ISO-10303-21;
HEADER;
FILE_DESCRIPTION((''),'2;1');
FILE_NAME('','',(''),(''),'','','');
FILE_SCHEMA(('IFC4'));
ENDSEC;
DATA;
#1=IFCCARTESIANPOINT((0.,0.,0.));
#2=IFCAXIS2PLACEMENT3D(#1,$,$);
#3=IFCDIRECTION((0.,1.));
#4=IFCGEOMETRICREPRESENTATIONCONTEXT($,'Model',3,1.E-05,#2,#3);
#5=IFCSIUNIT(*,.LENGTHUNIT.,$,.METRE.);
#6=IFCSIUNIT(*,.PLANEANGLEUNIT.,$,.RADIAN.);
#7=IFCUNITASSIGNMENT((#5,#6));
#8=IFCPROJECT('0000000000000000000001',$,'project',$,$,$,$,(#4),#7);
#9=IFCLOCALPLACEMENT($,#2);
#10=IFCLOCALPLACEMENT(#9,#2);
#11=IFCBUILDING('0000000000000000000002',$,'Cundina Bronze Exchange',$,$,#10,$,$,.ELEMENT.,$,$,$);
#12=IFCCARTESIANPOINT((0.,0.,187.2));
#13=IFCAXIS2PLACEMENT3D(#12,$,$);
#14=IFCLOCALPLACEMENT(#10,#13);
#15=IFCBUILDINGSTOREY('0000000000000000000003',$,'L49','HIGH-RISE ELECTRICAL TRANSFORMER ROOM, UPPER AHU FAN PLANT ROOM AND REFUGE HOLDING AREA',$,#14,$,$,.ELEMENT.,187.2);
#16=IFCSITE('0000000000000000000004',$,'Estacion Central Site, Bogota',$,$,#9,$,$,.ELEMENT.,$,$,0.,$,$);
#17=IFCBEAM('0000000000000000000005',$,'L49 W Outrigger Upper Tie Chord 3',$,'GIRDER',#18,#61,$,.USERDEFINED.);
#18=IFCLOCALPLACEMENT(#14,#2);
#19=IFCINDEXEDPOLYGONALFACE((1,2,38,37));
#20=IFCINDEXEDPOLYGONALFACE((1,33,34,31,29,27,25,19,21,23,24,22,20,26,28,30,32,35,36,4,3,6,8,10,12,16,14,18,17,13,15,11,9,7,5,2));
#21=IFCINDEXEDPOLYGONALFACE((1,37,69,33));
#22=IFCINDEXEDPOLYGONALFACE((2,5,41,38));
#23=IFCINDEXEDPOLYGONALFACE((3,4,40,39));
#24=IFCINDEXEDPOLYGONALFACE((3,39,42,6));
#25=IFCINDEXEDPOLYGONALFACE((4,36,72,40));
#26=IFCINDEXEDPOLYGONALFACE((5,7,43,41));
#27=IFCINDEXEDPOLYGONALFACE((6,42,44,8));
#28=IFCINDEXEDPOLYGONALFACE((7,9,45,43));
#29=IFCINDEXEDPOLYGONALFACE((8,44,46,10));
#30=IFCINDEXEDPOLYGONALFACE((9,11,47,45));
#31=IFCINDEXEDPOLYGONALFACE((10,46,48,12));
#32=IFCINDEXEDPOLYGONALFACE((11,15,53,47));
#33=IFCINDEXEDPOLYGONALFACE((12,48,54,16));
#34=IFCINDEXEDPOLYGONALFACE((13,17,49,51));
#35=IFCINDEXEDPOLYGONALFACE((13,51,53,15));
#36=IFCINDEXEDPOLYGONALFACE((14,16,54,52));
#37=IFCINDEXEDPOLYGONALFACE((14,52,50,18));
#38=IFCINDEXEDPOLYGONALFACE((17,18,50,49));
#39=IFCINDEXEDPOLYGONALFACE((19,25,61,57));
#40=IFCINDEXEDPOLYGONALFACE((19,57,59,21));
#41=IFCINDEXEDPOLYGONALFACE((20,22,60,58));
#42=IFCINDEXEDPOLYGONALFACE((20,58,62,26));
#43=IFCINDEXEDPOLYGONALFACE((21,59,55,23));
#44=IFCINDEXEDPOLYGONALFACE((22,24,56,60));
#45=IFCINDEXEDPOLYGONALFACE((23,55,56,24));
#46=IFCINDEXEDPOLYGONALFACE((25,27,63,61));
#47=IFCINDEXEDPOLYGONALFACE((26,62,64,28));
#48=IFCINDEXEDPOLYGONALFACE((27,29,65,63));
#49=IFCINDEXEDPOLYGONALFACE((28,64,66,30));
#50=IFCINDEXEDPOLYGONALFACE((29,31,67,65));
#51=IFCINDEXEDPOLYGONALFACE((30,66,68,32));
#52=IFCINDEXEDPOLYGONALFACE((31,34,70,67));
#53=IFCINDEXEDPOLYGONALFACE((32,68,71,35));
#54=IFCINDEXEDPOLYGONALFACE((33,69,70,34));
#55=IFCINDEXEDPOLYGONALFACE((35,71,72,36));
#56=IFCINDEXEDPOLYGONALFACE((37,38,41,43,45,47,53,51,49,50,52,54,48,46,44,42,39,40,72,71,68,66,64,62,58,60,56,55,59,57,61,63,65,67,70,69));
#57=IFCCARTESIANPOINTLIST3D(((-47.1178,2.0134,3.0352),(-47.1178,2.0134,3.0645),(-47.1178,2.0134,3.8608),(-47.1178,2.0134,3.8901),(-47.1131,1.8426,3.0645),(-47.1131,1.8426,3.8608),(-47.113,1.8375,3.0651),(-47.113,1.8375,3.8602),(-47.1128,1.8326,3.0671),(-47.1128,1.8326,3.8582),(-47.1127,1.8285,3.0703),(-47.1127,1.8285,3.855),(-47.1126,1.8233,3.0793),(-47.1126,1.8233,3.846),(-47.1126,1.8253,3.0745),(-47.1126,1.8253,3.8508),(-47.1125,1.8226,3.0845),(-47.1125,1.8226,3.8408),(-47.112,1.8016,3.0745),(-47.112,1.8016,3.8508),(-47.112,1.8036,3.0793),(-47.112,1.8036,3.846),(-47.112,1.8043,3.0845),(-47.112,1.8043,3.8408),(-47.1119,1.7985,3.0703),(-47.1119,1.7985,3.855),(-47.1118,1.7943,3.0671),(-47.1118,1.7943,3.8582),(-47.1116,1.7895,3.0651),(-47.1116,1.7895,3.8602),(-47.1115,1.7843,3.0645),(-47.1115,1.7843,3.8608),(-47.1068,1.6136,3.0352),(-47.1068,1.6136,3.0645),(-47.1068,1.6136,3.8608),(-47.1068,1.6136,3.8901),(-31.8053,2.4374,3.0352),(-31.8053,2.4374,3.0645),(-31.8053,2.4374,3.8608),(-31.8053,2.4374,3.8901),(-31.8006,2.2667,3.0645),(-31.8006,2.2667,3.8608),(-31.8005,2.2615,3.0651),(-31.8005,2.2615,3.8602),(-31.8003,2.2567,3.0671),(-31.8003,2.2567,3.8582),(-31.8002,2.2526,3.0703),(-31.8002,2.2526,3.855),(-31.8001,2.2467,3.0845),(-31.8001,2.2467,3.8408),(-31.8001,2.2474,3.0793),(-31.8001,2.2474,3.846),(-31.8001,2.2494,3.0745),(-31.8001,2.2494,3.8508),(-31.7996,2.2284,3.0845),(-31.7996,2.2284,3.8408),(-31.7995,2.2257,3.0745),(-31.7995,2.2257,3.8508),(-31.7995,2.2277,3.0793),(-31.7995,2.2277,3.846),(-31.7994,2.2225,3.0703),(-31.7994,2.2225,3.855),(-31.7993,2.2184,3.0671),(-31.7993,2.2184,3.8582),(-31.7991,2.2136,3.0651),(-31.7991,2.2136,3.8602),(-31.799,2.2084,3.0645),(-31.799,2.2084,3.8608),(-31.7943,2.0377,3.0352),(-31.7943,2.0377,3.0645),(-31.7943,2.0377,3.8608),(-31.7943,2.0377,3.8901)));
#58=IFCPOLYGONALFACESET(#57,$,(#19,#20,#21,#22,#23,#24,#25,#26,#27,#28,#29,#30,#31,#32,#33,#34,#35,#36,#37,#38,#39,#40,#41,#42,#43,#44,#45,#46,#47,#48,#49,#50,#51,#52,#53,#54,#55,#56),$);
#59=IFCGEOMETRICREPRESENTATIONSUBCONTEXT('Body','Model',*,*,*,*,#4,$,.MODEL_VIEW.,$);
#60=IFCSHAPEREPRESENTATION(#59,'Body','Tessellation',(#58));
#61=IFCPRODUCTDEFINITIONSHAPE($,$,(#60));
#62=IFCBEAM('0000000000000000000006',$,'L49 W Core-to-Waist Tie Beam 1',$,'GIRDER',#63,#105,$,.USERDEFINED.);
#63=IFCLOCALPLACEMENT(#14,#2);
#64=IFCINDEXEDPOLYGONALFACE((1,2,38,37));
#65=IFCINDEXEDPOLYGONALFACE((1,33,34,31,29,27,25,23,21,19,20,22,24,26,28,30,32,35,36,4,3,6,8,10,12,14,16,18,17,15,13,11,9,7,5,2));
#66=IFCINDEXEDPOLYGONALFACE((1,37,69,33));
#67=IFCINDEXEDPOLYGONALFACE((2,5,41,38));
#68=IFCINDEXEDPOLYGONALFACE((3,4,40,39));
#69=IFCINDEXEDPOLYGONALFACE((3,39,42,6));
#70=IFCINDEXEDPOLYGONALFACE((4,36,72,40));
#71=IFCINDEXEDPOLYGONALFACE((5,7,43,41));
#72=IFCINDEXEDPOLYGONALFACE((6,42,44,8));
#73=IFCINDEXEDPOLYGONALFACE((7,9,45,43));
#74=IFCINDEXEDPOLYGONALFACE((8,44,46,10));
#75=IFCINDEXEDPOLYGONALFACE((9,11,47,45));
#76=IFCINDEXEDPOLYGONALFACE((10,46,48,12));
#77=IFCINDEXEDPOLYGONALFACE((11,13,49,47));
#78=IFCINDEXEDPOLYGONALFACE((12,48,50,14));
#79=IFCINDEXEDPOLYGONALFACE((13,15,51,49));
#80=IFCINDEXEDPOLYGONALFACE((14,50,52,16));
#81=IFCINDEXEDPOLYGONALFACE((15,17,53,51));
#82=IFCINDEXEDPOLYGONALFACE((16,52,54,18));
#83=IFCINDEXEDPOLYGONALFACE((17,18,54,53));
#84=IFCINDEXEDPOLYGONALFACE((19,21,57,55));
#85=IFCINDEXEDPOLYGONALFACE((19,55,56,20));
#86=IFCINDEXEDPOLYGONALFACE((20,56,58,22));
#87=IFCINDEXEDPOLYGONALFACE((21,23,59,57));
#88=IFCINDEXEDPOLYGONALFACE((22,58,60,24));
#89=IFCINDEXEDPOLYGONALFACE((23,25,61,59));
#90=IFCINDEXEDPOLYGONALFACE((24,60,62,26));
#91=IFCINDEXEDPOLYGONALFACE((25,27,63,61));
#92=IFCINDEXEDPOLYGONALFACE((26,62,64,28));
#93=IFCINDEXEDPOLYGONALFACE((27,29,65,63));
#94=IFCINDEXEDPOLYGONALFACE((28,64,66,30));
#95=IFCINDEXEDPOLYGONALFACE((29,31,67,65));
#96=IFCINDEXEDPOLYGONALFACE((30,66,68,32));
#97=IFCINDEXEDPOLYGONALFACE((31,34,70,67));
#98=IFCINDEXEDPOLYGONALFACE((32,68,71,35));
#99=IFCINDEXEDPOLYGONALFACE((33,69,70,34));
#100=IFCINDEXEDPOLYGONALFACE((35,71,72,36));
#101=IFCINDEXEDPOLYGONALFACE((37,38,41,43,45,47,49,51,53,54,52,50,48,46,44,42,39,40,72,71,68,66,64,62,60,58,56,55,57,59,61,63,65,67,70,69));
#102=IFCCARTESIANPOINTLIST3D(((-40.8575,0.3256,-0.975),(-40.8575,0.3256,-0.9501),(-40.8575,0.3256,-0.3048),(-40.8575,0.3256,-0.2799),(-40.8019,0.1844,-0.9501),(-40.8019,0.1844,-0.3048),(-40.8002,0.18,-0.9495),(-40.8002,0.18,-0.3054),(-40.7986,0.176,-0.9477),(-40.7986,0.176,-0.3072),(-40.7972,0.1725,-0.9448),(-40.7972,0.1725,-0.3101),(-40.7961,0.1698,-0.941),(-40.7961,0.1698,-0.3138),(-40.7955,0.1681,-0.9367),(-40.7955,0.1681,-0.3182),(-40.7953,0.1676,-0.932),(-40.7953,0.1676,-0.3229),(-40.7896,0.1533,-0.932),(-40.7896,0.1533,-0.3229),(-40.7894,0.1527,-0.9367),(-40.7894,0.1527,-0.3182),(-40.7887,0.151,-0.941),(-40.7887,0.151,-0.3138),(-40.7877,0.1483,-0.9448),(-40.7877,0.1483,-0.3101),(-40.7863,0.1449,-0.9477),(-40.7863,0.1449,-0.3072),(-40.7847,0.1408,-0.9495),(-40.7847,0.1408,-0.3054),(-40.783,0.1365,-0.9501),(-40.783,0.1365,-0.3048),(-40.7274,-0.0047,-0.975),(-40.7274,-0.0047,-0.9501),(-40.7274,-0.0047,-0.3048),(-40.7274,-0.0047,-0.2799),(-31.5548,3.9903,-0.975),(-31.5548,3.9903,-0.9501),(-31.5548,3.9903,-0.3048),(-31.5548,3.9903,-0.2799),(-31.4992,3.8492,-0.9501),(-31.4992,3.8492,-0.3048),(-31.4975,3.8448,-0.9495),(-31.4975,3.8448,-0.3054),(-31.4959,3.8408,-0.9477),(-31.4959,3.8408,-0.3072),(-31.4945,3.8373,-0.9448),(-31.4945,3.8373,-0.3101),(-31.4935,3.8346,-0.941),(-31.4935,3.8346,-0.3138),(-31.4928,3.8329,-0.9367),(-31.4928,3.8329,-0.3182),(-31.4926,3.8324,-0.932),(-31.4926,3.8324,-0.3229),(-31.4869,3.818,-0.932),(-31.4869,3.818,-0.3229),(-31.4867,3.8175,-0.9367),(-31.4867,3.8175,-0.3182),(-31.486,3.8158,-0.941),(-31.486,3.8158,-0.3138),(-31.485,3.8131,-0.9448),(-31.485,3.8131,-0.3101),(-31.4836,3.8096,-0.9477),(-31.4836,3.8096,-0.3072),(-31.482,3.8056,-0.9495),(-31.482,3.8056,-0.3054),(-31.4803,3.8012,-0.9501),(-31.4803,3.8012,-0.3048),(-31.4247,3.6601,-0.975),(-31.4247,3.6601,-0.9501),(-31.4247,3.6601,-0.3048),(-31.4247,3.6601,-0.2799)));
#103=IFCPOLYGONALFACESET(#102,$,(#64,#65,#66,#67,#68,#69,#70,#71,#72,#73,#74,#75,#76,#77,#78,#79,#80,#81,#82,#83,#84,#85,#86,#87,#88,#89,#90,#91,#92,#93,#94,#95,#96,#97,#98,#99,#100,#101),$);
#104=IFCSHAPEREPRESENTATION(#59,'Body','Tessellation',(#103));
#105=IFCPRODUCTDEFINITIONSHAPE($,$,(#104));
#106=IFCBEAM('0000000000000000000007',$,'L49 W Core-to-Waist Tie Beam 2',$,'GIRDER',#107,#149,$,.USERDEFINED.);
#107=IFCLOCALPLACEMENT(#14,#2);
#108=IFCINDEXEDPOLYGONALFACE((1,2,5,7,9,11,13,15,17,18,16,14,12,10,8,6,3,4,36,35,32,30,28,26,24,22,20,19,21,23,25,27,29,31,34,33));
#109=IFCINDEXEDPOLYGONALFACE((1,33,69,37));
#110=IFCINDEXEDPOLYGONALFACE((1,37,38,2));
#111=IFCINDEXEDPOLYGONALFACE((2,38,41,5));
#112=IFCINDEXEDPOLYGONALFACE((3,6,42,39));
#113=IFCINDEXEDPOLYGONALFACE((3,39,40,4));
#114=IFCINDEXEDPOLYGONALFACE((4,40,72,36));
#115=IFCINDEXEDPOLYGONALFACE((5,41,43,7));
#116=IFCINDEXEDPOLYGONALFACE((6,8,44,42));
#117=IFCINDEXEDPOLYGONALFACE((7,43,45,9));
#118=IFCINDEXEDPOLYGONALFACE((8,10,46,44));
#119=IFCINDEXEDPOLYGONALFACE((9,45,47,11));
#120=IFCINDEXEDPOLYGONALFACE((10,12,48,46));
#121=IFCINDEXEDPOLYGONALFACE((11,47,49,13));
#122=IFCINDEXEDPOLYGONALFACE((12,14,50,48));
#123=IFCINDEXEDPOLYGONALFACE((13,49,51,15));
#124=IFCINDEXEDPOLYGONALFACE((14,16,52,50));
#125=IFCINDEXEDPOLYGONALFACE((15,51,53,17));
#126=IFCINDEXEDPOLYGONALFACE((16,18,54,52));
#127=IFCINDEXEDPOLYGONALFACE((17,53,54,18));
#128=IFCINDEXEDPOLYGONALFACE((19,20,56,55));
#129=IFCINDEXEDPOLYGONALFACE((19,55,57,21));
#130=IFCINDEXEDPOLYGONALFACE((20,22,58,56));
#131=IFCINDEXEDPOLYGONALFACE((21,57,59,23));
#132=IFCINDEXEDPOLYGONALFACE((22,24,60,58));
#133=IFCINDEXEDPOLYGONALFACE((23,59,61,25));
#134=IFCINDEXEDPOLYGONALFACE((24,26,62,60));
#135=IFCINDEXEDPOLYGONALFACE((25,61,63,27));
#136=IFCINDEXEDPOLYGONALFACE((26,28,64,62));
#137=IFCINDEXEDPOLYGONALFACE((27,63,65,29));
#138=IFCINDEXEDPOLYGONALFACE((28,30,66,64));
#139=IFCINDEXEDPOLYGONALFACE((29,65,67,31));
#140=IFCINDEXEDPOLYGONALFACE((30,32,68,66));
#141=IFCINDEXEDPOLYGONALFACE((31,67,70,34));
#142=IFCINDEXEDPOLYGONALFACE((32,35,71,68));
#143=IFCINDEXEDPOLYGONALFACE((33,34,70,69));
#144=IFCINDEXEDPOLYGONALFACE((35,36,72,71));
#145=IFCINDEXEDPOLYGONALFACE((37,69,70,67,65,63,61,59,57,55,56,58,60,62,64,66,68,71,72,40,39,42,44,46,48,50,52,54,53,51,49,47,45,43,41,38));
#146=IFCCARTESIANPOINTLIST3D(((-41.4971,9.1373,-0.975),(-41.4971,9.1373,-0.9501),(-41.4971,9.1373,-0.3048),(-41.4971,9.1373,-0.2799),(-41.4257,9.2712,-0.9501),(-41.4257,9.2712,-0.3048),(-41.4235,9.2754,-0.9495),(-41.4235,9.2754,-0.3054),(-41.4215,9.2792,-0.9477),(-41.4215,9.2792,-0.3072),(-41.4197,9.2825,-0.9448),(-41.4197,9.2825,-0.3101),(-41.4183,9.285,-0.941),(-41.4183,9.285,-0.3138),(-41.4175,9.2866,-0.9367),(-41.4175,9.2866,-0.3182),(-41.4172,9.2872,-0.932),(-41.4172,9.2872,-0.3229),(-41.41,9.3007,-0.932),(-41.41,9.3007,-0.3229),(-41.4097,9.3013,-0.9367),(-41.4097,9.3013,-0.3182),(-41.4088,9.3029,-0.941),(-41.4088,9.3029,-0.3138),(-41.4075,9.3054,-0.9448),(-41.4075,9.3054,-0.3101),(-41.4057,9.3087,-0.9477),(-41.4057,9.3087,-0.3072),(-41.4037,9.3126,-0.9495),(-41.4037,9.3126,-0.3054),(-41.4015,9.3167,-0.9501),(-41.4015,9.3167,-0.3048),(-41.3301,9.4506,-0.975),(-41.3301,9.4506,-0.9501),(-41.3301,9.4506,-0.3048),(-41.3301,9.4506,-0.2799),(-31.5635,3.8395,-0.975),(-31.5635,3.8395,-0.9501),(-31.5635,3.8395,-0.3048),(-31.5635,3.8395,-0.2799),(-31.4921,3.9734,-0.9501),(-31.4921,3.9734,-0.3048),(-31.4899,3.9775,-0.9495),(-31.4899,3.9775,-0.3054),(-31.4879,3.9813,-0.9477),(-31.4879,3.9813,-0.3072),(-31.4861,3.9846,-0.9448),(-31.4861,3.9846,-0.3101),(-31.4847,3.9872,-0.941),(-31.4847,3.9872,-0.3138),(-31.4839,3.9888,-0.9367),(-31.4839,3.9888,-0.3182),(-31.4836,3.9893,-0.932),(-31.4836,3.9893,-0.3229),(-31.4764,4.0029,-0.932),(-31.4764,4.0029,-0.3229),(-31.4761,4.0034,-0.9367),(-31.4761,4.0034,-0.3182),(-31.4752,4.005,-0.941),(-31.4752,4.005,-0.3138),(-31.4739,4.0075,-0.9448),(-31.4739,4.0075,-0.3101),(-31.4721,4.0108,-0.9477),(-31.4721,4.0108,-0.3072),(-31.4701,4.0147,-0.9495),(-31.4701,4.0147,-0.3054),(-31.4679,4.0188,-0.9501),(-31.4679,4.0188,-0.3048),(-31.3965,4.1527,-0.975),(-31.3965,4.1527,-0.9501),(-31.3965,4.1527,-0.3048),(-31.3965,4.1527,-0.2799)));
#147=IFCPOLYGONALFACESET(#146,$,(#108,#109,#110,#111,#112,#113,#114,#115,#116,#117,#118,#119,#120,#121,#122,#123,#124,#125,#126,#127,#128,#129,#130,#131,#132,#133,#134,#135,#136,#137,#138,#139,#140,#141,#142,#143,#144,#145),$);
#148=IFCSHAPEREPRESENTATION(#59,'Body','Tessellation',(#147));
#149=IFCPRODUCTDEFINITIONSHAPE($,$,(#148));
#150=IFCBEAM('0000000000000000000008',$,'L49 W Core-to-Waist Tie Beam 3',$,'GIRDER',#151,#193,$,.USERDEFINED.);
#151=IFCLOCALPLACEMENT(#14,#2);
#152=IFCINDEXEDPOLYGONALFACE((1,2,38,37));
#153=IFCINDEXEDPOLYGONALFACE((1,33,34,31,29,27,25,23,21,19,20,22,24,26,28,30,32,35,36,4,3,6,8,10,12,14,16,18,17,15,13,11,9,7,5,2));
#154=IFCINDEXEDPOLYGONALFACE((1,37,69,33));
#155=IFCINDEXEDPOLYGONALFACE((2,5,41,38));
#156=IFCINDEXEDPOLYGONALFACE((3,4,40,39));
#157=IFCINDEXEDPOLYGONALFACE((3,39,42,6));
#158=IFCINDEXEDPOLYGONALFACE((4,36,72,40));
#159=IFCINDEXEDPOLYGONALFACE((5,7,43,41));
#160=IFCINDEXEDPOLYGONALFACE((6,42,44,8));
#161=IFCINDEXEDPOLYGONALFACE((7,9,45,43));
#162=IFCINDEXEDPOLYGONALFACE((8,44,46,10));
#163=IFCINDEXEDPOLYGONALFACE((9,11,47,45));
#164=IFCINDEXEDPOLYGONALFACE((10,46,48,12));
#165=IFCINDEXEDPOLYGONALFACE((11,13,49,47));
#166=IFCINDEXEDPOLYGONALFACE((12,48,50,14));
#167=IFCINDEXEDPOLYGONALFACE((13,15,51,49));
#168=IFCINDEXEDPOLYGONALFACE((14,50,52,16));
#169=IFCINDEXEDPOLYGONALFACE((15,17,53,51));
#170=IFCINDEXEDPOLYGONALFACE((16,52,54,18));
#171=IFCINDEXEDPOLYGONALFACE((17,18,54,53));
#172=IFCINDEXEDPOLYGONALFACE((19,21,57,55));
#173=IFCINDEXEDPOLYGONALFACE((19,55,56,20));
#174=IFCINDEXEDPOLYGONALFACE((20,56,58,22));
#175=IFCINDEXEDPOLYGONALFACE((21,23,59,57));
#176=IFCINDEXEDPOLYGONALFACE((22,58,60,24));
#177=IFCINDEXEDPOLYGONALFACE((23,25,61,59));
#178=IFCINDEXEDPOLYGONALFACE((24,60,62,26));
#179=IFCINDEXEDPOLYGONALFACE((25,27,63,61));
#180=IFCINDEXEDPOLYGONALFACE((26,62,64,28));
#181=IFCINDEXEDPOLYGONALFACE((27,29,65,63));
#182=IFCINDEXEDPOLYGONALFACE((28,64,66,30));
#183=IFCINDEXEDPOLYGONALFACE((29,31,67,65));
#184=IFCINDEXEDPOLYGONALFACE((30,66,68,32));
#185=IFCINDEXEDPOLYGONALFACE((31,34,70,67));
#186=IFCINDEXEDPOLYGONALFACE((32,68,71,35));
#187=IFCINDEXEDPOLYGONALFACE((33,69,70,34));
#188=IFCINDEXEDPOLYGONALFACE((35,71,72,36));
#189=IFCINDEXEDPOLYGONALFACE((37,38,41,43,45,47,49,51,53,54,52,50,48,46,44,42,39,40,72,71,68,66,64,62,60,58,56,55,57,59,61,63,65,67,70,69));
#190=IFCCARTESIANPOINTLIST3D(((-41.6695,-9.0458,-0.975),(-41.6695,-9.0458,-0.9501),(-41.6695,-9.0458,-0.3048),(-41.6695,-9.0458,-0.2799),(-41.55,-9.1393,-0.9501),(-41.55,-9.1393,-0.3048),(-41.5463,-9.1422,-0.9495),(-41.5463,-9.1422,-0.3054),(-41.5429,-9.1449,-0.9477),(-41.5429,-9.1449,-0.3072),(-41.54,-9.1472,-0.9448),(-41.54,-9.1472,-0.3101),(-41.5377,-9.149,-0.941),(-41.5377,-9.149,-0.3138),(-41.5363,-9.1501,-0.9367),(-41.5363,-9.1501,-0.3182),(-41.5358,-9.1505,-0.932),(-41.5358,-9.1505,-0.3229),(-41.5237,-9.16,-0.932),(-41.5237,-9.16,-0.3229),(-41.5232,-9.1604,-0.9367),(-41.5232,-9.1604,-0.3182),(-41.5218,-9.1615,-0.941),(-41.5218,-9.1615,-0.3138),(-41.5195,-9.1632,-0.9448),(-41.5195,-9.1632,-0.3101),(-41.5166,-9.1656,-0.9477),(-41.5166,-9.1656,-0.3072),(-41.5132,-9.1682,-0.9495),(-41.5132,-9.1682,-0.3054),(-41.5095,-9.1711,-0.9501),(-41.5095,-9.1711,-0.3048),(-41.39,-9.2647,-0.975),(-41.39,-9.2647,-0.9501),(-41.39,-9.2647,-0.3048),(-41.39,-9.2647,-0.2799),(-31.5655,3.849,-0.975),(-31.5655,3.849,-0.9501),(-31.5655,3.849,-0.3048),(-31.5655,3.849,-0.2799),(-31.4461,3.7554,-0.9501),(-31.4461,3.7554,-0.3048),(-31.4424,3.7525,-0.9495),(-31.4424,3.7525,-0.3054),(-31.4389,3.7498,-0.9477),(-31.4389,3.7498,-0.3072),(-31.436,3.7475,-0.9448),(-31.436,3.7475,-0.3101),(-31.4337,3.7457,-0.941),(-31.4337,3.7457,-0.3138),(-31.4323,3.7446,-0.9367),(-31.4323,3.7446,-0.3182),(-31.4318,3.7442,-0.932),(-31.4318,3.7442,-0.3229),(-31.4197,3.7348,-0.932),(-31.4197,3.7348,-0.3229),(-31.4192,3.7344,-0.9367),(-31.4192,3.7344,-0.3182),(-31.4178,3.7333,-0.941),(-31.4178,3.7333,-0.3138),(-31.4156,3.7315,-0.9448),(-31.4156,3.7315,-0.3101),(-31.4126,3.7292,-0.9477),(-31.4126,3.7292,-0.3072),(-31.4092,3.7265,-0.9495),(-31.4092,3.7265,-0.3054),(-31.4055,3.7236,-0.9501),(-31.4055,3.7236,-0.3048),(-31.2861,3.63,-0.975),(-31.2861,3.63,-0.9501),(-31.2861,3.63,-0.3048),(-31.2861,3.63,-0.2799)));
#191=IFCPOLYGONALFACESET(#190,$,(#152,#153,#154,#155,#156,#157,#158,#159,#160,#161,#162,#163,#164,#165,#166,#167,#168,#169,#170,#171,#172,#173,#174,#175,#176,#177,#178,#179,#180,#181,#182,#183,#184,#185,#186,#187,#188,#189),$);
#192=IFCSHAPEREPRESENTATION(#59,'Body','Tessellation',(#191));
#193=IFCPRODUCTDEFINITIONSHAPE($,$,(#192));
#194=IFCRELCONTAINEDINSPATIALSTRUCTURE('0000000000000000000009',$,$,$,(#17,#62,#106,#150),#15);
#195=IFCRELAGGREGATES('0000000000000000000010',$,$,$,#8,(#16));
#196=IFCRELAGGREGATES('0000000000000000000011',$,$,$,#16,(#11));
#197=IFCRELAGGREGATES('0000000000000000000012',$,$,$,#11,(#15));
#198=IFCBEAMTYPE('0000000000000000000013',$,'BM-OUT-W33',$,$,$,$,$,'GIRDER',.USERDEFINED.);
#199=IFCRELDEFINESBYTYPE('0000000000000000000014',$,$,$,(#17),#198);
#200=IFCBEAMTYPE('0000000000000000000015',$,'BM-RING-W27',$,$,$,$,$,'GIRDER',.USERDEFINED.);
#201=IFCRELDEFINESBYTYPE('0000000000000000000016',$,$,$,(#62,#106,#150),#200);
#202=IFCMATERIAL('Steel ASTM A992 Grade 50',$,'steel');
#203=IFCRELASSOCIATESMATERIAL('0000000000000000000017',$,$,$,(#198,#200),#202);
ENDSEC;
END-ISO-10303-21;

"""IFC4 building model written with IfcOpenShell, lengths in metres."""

from ifc_helpers import new_model, si_unit, direction, frame, origin, origin_2d, place, context, subcontext, project, spatial, i_section, extrude, material, material_profile, profile_set, type_object, element, save


model = new_model("IFC4")

# Units and contexts
model_context = context("Model", 3, precision=1e-05, world=origin(), true_north=direction((0.0, 1.0)))
body_context = subcontext(model_context, "Body", "Model", "MODEL_VIEW")
ifc_project = project(units=[si_unit("LENGTHUNIT", "METRE"), si_unit("PLANEANGLEUNIT", "RADIAN")], contexts=[model_context])

# Site, building, storey
site_placement = place(None, origin())
site = spatial("IfcSite", under=ifc_project, at=site_placement, Name="Estacion Central Site, Bogota", CompositionType="ELEMENT", RefElevation=0.0)
building_placement = place(site_placement, origin())
building = spatial("IfcBuilding", under=site, at=building_placement, Name="Cundina Bronze Exchange", CompositionType="ELEMENT")
storey_placement = place(building_placement, frame((0.0, 0.0, 187.2)))
storey = spatial("IfcBuildingStorey", under=building, at=storey_placement, Name="L49", Description="HIGH-RISE ELECTRICAL TRANSFORMER ROOM, UPPER AHU FAN PLANT ROOM AND REFUGE HOLDING AREA", CompositionType="ELEMENT", Elevation=187.2)

# Beams
ifc_material_1 = material(Name="Steel ASTM A992 Grade 50", Category="steel")
ifc_material_profile_1 = material_profile(ifc_material_1, i_section(OverallWidth=0.3999, OverallDepth=0.855, WebThickness=0.0183, FlangeThickness=0.0293, FilletRadius=0.02, at=origin_2d()), Name="W33X201", Category="steel")
ifc_profile_set_1 = profile_set([ifc_material_profile_1], Name="Steel ASTM A992 Grade 50")
beam_type_1 = type_object("IfcBeamType", Name="BM-OUT-W33", ElementType="GIRDER", PredefinedType="USERDEFINED", material=ifc_profile_set_1)
beam_1_placement = place(storey_placement, frame((-31.7998, 2.2375, 3.4626), z_axis=(-0.999617, -0.027684, 0.0), x_axis=(0.027684, -0.999617, 0.0)))
element("IfcBeam", 1, at=beam_1_placement, inside=storey, type_object=beam_type_1, Name="L49 W Outrigger Upper Tie Chord 3", ObjectType="GIRDER", PredefinedType="USERDEFINED", context=body_context, shape_type="SweptSolid", body=[
    extrude(i_section(OverallWidth=0.3999, OverallDepth=0.855, WebThickness=0.0183, FlangeThickness=0.0293, FilletRadius=0.02, at=origin_2d()), origin(), (0.0, 0.0, 1.0), 15.3184),
])
ifc_material_profile_2 = material_profile(ifc_material_1, i_section(OverallWidth=0.355, OverallDepth=0.6951, WebThickness=0.0154, FlangeThickness=0.0249, FilletRadius=0.0181, at=origin_2d()), Name="W27X146", Category="steel")
ifc_profile_set_2 = profile_set([ifc_material_profile_2], Name="Steel ASTM A992 Grade 50")
beam_type_2 = type_object("IfcBeamType", Name="BM-RING-W27", ElementType="GIRDER", PredefinedType="USERDEFINED", material=ifc_profile_set_2)
beam_2_placement = place(storey_placement, frame((-31.4897, 3.8252, -0.6274), z_axis=(-0.930406, -0.366532, 0.0), x_axis=(0.366532, -0.930406, 0.0)))
element("IfcBeam", 2, at=beam_2_placement, inside=storey, type_object=beam_type_2, Name="L49 W Core-to-Waist Tie Beam 1", ObjectType="GIRDER", PredefinedType="USERDEFINED", context=body_context, shape_type="SweptSolid", body=[
    extrude(i_section(OverallWidth=0.355, OverallDepth=0.6951, WebThickness=0.0154, FlangeThickness=0.0249, FilletRadius=0.0181, at=origin_2d()), origin(), (0.0, 0.0, 1.0), 9.9985),
])
beam_3_placement = place(storey_placement, frame((-31.48, 3.9961, -0.6274), z_axis=(-0.882355, 0.470584, 0.0), x_axis=(-0.470584, -0.882355, 0.0)))
element("IfcBeam", 3, at=beam_3_placement, inside=storey, type_object=beam_type_2, Name="L49 W Core-to-Waist Tie Beam 2", ObjectType="GIRDER", PredefinedType="USERDEFINED", context=body_context, shape_type="SweptSolid", body=[
    extrude(i_section(OverallWidth=0.355, OverallDepth=0.6951, WebThickness=0.0154, FlangeThickness=0.0249, FilletRadius=0.0181, at=origin_2d()), origin(), (0.0, 0.0, 1.0), 11.2581),
])
beam_4_placement = place(storey_placement, frame((-31.4258, 3.7395, -0.6274), z_axis=(-0.616779, -0.787136, 0.0), x_axis=(0.787136, -0.616779, 0.0)))
element("IfcBeam", 4, at=beam_4_placement, inside=storey, type_object=beam_type_2, Name="L49 W Core-to-Waist Tie Beam 3", ObjectType="GIRDER", PredefinedType="USERDEFINED", context=body_context, shape_type="SweptSolid", body=[
    extrude(i_section(OverallWidth=0.355, OverallDepth=0.6951, WebThickness=0.0154, FlangeThickness=0.0249, FilletRadius=0.0181, at=origin_2d()), origin(), (0.0, 0.0, 1.0), 16.3818),
])

save(model, "model.ifc")
